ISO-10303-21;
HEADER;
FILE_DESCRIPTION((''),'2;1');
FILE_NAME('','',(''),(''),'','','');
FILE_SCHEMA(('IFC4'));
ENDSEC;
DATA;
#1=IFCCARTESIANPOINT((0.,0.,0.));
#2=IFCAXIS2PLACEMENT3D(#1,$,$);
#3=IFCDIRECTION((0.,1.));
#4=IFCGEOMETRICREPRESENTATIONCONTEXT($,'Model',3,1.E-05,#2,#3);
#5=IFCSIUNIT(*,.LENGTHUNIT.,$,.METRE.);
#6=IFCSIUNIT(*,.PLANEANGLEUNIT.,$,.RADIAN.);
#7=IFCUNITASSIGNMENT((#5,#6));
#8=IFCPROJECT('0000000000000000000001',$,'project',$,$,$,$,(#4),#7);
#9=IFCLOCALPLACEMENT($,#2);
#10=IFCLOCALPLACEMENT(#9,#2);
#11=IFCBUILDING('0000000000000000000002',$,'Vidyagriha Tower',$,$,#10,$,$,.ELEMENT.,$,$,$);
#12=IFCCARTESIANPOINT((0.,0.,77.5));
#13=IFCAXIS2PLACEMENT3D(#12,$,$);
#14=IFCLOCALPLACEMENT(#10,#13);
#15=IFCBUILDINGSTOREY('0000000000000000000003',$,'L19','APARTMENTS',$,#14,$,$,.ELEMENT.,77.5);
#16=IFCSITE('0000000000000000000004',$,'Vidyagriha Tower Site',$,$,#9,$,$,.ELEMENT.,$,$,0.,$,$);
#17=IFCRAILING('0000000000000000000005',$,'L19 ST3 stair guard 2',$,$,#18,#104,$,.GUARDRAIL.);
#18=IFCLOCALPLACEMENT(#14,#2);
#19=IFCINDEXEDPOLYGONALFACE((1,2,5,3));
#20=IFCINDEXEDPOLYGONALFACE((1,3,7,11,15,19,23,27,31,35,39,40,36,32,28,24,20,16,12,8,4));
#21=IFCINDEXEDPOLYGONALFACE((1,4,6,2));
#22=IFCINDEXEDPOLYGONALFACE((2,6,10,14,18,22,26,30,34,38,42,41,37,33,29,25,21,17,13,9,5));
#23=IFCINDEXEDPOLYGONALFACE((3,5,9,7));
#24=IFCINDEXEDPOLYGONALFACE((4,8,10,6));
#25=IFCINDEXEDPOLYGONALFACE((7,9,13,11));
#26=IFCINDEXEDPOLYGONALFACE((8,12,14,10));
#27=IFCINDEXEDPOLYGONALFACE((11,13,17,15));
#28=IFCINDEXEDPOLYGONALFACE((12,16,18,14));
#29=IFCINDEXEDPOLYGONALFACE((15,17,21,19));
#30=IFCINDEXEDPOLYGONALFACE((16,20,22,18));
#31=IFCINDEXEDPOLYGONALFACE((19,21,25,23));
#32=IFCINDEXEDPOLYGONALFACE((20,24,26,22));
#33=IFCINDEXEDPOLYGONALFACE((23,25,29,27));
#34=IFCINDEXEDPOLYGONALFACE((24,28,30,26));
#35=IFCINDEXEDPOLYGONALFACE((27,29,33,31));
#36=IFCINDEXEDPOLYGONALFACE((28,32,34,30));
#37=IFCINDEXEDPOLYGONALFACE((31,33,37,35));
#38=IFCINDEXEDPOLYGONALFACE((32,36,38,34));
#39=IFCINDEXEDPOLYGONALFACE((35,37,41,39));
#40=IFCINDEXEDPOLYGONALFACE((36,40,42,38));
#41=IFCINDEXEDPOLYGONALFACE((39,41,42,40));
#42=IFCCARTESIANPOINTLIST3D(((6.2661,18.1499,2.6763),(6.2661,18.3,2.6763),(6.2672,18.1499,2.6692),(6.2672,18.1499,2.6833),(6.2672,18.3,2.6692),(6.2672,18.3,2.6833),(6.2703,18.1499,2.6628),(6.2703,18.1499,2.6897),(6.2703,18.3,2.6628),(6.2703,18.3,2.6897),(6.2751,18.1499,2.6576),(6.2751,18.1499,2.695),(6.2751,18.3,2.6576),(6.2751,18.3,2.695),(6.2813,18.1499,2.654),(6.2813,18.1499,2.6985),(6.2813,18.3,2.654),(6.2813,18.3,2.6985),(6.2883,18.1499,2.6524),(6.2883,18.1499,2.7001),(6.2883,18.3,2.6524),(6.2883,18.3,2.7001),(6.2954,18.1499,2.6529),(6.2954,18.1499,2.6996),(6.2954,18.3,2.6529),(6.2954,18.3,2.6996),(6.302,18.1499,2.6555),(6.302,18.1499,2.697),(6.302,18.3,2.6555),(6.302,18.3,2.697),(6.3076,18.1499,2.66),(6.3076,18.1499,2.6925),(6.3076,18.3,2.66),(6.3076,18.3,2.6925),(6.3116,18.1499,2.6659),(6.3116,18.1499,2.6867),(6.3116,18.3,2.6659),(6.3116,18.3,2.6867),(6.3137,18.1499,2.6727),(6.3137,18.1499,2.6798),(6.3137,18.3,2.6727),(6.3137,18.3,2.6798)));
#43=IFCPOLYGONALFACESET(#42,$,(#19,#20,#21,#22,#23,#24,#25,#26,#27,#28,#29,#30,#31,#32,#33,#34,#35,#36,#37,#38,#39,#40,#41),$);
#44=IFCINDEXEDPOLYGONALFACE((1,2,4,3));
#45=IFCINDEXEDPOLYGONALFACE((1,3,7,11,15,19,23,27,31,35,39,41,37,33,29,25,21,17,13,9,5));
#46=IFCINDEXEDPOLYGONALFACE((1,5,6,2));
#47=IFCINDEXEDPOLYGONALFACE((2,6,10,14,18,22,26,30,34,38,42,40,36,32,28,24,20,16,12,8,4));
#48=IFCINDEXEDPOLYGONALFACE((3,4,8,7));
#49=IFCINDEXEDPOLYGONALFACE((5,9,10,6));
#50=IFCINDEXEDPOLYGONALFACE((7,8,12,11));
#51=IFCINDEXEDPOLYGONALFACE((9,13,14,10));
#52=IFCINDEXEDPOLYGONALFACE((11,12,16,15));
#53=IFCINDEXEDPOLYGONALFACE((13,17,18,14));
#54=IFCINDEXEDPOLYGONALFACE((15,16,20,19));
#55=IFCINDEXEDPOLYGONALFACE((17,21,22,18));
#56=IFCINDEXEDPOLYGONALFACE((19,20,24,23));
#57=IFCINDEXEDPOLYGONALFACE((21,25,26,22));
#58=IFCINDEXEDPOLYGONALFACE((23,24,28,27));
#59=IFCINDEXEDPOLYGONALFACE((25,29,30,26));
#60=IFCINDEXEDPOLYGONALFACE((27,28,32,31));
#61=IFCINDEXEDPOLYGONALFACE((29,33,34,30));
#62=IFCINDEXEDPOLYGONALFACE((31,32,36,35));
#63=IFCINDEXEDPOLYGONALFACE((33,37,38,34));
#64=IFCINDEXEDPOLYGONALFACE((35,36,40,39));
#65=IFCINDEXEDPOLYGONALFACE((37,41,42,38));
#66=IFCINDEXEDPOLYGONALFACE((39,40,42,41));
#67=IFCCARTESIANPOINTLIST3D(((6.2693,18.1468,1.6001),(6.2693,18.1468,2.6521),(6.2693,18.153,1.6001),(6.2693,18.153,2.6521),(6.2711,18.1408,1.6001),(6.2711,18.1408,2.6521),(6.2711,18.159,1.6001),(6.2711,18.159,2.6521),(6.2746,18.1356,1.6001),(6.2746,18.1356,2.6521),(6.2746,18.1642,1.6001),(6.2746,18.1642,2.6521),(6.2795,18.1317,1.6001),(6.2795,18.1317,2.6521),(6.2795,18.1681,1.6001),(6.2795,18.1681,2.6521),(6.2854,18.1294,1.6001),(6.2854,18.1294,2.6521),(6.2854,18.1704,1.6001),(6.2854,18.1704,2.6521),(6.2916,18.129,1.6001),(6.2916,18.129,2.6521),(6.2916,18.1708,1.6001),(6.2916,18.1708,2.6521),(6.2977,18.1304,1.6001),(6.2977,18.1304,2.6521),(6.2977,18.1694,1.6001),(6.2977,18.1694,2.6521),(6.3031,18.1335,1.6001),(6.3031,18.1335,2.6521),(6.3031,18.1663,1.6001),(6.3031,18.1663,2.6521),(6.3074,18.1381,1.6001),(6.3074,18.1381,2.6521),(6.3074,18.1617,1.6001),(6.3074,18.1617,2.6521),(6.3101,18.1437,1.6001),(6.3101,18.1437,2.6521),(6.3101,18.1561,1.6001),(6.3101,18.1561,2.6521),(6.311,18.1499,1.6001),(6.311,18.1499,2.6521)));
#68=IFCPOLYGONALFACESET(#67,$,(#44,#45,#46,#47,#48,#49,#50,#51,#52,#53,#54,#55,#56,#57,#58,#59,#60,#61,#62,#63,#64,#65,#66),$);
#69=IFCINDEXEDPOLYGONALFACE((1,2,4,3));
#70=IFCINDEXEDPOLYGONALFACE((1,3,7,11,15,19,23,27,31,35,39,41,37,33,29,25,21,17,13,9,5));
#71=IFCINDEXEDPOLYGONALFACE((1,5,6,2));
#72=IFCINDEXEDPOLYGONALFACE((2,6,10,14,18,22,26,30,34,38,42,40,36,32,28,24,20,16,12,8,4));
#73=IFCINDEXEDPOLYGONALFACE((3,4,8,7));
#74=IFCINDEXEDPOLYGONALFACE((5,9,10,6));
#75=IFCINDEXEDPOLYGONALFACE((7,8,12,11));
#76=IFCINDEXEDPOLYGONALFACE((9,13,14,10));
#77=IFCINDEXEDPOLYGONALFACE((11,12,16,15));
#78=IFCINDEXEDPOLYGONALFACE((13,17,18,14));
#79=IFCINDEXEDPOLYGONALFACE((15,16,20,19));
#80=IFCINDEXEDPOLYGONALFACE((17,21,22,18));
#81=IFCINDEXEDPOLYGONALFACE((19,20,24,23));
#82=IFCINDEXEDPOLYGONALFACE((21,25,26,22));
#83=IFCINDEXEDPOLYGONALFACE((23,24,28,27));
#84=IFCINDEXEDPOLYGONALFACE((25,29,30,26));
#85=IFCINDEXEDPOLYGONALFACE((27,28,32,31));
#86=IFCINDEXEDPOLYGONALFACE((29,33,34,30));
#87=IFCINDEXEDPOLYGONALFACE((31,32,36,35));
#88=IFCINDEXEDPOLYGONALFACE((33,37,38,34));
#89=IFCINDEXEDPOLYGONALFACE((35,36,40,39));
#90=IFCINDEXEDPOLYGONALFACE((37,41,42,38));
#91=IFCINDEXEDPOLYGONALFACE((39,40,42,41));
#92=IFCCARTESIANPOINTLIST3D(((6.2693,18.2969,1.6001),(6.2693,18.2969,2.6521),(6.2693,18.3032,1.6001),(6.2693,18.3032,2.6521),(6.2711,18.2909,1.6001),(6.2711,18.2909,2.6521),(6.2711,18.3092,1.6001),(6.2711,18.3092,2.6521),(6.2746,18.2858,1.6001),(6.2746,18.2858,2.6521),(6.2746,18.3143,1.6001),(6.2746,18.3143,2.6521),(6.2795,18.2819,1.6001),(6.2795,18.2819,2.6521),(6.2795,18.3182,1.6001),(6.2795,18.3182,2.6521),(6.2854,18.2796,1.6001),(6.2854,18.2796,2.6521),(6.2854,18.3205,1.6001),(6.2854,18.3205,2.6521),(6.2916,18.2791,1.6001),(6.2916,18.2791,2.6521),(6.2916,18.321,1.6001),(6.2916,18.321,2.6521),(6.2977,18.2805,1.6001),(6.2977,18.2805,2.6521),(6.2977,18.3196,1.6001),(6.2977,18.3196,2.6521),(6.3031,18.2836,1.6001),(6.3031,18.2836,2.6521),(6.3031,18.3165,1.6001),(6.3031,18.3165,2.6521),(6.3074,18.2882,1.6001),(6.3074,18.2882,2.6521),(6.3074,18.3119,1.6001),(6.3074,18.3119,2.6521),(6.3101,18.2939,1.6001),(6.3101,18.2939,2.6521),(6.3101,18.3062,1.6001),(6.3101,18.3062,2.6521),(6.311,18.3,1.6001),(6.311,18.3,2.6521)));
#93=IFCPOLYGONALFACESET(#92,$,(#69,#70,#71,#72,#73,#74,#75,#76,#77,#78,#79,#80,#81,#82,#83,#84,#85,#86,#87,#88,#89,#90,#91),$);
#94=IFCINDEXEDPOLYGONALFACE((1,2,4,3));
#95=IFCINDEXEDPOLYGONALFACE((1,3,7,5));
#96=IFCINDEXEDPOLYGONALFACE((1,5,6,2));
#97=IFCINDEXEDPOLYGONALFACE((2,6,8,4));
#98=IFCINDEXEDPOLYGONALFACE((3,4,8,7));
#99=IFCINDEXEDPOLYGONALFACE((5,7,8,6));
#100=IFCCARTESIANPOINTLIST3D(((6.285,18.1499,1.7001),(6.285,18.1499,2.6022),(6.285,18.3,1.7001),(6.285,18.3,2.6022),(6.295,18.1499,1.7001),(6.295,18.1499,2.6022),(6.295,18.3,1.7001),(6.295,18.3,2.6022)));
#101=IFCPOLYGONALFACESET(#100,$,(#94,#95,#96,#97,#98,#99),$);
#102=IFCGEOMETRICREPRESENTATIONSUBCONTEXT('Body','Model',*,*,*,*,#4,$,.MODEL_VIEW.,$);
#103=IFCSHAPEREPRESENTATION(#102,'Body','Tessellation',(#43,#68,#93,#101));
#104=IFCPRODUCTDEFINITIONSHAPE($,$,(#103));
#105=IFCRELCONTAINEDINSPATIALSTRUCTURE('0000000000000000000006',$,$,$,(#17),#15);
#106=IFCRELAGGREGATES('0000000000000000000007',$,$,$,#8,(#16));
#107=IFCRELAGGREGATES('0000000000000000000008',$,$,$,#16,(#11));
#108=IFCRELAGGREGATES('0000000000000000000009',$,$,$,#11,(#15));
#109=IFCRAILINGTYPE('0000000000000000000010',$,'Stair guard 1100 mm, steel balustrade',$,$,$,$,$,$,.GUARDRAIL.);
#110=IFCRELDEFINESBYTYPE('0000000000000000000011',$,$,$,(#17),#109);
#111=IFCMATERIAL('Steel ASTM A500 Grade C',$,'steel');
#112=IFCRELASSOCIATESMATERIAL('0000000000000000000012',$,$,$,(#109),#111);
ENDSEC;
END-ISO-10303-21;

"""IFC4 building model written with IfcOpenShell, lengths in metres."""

from ifc_helpers import new_model, si_unit, direction, frame, origin, origin_2d, place, context, subcontext, project, spatial, rectangle, circle, extrude, material, type_object, element, save


model = new_model("IFC4")

# Units and contexts
model_context = context("Model", 3, precision=1e-05, world=origin(), true_north=direction((0.0, 1.0)))
body_context = subcontext(model_context, "Body", "Model", "MODEL_VIEW")
ifc_project = project(units=[si_unit("LENGTHUNIT", "METRE"), si_unit("PLANEANGLEUNIT", "RADIAN")], contexts=[model_context])

# Site, building, storey
site_placement = place(None, origin())
site = spatial("IfcSite", under=ifc_project, at=site_placement, Name="Vidyagriha Tower Site", CompositionType="ELEMENT", RefElevation=0.0)
building_placement = place(site_placement, origin())
building = spatial("IfcBuilding", under=site, at=building_placement, Name="Vidyagriha Tower", CompositionType="ELEMENT")
storey_placement = place(building_placement, frame((0.0, 0.0, 77.5)))
storey = spatial("IfcBuildingStorey", under=building, at=storey_placement, Name="L19", Description="APARTMENTS", CompositionType="ELEMENT", Elevation=77.5)

# Railing
ifc_material_1 = material(Name="Steel ASTM A500 Grade C", Category="steel")
railing_type_1 = type_object("IfcRailingType", Name="Stair guard 1100 mm, steel balustrade", PredefinedType="GUARDRAIL", material=ifc_material_1)
railing_1_placement = place(storey_placement, frame((6.29, 18.1499, 1.6001)))
element("IfcRailing", 1, at=railing_1_placement, inside=storey, type_object=railing_type_1, Name="L19 ST3 stair guard 2", PredefinedType="GUARDRAIL", context=body_context, shape_type="SweptSolid", body=[
    extrude(circle(Radius=0.0239, at=origin_2d()), frame((0.0, 0.0, 1.0762), z_axis=(0.0, 1.0, 0.0), x_axis=(-1.0, 0.0, 0.0)), (0.0, 0.0, 1.0), 0.1501),
    extrude(circle(Radius=0.021, at=origin_2d()), origin(), (0.0, 0.0, 1.0), 1.052),
    extrude(circle(Radius=0.021, at=origin_2d()), frame((0.0, 0.1501, 0.0)), (0.0, 0.0, 1.0), 1.052),
    extrude(rectangle(XDim=0.01, YDim=0.9021, at=origin_2d()), frame((0.0, 0.0, 0.551), z_axis=(0.0, 1.0, 0.0), x_axis=(-1.0, 0.0, 0.0)), (0.0, 0.0, 1.0), 0.1501),
])

save(model, "model.ifc")
